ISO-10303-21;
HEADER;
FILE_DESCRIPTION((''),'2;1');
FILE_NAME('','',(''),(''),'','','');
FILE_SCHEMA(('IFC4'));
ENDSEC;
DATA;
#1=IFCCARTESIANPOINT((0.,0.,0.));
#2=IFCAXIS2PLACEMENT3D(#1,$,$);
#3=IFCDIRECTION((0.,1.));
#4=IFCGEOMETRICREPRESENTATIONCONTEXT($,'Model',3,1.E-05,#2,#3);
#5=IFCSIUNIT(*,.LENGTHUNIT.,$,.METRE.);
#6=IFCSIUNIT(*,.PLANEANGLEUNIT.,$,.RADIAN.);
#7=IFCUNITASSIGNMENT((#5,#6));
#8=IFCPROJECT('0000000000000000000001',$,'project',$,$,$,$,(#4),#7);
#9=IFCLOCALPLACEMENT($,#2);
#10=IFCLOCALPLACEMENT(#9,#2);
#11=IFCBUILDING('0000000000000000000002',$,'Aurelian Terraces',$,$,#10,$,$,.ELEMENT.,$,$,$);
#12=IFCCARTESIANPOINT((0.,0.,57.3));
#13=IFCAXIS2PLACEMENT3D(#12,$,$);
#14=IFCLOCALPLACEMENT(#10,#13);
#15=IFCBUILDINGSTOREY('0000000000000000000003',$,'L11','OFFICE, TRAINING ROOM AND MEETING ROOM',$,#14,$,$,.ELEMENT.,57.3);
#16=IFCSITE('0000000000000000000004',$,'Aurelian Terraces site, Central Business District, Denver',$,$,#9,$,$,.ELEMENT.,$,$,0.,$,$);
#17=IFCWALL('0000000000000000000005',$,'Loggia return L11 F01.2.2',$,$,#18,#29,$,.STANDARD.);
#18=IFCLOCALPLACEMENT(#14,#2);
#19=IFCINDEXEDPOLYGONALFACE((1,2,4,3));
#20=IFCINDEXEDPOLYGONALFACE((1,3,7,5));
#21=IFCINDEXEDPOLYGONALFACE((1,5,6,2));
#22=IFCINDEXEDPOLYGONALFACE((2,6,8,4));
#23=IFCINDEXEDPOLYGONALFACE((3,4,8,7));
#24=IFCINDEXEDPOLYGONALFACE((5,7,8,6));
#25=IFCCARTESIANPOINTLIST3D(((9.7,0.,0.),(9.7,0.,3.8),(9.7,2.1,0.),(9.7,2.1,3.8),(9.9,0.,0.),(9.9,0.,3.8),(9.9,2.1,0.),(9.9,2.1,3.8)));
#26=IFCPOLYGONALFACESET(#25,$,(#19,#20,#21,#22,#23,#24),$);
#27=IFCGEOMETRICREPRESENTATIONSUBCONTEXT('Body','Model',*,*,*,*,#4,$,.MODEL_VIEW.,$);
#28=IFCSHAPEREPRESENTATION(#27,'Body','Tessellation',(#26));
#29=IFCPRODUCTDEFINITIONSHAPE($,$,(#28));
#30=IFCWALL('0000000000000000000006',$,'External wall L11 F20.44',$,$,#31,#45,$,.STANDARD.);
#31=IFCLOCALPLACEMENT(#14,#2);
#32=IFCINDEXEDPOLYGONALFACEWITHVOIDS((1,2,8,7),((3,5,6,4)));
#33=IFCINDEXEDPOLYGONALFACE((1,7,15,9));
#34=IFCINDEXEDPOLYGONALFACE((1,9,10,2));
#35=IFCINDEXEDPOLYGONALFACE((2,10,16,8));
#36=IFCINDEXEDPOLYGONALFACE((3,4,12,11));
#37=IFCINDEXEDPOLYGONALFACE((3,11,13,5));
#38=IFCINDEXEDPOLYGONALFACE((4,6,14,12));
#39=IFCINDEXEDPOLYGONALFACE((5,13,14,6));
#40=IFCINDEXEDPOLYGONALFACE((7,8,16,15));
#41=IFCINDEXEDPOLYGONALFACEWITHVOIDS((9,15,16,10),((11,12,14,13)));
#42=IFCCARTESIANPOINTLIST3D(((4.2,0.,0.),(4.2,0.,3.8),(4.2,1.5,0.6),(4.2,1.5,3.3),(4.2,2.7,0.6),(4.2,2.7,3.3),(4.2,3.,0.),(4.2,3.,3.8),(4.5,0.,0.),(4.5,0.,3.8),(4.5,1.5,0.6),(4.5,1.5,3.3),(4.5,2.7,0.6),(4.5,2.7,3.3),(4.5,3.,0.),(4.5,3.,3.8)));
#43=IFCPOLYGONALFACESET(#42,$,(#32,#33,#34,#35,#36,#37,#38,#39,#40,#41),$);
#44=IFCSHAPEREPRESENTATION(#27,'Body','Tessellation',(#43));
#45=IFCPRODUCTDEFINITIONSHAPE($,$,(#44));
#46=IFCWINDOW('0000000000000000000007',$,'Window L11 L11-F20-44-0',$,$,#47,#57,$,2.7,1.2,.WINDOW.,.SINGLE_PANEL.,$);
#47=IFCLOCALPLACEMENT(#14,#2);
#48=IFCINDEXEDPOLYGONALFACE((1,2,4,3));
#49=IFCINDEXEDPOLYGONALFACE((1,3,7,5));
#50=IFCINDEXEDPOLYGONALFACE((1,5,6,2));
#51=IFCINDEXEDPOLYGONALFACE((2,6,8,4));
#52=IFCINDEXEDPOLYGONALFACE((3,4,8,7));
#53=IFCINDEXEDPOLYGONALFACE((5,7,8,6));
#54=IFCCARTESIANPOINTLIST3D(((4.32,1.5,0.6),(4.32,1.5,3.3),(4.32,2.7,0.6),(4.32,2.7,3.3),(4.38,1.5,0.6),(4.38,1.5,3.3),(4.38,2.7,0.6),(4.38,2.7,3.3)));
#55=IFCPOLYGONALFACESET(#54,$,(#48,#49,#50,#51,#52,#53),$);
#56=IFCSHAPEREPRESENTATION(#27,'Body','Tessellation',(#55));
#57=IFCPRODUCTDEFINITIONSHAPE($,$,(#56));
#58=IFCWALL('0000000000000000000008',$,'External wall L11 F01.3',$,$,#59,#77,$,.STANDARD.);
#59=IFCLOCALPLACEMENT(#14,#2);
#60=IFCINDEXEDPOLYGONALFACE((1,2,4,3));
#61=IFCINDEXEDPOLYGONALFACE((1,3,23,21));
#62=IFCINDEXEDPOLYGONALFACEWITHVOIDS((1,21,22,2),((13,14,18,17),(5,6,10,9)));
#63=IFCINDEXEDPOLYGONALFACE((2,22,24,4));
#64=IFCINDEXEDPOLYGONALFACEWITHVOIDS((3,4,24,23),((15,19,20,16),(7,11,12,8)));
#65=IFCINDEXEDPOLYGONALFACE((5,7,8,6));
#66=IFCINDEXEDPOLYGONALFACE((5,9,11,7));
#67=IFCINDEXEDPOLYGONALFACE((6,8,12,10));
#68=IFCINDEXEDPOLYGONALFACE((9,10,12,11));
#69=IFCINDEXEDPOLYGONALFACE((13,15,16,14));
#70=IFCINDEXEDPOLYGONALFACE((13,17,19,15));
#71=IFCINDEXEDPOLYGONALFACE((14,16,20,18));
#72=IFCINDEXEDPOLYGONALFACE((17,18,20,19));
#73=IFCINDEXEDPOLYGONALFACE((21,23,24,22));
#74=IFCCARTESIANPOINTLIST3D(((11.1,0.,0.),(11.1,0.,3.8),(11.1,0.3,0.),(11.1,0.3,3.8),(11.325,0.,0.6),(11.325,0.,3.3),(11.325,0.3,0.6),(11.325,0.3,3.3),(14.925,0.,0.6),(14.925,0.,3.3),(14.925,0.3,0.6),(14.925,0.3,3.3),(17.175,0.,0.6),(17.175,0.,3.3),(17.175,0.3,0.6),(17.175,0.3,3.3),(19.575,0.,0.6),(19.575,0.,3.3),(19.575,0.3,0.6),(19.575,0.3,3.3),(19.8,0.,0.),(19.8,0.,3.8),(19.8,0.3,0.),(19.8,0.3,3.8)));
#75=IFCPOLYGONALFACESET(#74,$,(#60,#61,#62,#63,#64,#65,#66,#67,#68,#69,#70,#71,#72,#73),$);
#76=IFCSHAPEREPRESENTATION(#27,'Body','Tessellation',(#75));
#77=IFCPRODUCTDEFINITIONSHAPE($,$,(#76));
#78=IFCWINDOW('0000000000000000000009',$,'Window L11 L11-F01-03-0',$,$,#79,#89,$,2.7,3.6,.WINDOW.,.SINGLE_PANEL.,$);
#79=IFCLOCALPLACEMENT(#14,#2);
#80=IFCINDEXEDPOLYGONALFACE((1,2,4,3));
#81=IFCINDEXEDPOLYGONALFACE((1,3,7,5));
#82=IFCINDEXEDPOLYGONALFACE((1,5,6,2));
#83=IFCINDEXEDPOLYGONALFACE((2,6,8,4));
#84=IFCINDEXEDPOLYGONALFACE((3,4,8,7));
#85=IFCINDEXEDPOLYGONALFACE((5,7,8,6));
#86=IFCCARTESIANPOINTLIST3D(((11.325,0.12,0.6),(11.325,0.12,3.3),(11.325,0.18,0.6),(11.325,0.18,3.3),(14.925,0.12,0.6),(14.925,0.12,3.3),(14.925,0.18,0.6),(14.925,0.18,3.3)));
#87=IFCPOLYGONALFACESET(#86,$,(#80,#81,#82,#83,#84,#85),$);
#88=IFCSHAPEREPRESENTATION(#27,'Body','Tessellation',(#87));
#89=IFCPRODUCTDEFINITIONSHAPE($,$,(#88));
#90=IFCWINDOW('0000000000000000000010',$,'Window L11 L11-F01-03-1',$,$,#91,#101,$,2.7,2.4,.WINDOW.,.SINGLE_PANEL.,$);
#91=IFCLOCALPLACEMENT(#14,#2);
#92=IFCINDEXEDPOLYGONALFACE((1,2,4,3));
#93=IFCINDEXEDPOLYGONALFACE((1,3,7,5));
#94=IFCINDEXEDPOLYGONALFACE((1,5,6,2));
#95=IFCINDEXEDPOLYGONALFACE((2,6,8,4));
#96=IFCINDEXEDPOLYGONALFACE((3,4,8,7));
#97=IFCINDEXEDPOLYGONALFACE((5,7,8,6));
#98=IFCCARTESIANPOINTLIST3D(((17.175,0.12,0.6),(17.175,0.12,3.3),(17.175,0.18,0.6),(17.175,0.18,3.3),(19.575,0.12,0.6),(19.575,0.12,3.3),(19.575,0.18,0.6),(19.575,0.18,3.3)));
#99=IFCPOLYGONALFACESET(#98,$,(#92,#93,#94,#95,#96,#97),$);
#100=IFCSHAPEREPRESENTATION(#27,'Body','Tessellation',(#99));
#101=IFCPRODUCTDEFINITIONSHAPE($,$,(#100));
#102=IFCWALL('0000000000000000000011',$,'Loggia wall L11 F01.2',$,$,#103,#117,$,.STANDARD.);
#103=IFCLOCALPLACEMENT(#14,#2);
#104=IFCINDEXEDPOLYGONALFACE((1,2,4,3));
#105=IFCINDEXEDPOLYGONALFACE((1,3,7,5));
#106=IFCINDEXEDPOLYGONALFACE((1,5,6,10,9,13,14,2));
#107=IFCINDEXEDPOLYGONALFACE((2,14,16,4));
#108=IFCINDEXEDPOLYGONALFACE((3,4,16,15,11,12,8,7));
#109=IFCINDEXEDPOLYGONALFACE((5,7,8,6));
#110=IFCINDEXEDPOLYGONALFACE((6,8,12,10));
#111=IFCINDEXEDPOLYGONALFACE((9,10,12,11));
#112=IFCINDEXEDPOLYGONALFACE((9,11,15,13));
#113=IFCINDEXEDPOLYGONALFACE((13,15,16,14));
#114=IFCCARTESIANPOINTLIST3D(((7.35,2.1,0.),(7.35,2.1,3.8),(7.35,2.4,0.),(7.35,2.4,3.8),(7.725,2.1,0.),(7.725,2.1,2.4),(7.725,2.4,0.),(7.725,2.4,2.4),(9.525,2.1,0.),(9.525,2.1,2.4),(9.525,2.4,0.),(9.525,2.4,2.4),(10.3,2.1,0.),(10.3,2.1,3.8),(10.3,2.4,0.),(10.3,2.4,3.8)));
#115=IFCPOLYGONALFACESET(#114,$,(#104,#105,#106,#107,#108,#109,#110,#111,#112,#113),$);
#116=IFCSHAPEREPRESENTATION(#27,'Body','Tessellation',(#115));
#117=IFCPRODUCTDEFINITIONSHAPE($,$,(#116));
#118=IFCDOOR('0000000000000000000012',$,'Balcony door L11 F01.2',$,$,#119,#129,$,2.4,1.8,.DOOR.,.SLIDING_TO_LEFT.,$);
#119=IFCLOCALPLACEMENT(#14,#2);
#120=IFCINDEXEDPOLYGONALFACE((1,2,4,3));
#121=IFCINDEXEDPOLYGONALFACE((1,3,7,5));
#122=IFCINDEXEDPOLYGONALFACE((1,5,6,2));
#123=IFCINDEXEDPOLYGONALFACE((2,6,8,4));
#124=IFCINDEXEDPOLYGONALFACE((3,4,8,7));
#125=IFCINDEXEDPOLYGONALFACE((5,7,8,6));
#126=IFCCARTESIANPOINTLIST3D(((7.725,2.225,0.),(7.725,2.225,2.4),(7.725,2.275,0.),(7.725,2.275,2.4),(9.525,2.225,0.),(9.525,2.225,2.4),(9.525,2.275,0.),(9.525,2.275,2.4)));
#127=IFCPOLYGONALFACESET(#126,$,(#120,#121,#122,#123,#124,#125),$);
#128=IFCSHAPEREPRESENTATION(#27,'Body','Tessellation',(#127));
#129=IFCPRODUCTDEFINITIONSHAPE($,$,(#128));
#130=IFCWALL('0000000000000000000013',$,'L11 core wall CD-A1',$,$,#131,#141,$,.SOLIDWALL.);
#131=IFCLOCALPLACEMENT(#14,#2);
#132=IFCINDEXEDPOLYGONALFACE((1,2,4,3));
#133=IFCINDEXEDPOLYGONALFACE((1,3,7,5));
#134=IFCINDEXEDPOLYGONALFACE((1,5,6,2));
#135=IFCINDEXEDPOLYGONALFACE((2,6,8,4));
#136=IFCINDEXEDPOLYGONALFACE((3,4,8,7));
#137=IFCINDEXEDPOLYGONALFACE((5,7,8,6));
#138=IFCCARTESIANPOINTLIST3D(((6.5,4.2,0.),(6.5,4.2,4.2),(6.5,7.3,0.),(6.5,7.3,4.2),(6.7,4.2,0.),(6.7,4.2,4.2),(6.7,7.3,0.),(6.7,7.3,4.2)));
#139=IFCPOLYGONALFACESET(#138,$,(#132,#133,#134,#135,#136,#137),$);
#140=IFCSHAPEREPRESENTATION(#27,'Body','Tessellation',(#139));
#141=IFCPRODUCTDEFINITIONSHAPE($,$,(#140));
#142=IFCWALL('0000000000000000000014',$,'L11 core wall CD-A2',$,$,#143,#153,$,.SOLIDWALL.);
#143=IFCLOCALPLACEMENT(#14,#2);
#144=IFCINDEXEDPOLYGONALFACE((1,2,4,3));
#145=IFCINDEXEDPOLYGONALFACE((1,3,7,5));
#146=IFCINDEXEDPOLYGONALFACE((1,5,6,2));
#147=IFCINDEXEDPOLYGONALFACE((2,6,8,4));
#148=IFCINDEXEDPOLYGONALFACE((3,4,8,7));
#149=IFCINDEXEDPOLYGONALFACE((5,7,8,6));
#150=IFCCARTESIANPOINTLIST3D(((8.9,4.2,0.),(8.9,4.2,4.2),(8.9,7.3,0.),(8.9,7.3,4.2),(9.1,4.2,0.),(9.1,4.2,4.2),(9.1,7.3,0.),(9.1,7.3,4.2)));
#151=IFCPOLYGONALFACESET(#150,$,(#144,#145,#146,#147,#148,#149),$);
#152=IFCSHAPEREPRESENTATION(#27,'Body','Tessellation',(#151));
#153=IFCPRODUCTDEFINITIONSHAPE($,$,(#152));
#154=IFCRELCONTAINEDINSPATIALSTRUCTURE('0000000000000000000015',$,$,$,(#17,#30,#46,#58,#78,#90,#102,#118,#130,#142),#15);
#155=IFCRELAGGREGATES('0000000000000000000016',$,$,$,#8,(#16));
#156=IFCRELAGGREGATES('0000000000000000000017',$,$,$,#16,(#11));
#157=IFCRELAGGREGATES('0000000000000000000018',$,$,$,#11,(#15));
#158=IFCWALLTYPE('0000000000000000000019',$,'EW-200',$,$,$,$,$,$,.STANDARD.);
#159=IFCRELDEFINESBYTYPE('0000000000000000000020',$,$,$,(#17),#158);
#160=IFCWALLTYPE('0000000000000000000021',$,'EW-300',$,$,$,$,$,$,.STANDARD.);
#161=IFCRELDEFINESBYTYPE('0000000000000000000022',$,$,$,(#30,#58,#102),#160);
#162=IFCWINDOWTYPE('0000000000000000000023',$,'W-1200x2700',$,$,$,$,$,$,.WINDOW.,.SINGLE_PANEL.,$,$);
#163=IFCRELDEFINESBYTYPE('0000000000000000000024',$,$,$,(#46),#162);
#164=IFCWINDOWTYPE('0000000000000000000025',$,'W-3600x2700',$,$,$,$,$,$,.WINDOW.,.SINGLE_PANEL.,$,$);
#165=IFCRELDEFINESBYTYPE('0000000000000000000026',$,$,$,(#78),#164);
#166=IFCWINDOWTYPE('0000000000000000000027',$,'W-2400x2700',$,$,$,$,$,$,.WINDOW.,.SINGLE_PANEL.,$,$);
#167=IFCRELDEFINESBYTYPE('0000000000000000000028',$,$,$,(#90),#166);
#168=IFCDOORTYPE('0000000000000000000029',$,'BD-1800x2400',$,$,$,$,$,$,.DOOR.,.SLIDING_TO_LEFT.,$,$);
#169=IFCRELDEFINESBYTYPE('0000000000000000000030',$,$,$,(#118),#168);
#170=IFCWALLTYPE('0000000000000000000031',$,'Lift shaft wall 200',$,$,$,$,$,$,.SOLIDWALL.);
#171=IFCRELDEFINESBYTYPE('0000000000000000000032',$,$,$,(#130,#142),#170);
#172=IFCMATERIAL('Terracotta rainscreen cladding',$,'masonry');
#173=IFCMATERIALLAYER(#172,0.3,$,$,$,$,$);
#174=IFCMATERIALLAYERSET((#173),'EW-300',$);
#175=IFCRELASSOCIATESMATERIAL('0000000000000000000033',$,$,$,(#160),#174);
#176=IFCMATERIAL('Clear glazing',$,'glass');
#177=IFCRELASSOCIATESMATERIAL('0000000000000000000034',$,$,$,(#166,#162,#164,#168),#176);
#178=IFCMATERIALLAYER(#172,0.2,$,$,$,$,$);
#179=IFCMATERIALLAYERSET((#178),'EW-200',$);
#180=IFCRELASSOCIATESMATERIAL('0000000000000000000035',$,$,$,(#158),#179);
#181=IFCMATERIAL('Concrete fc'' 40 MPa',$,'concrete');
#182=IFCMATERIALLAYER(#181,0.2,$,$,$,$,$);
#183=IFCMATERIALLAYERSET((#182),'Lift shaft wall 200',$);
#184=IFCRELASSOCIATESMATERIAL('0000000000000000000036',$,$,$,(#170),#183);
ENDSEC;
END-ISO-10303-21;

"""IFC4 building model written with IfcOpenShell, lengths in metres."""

from ifc_helpers import new_model, si_unit, direction, frame, frame_2d, origin, place, context, subcontext, project, spatial, rectangle, extrude, source, transform, mapped, material, layer, layer_set, type_object, element, fill, save


model = new_model("IFC4")

# Units and contexts
model_context = context("Model", 3, precision=1e-05, world=origin(), true_north=direction((0.0, 1.0)))
body_context = subcontext(model_context, "Body", "Model", "MODEL_VIEW")
ifc_project = project(units=[si_unit("LENGTHUNIT", "METRE"), si_unit("PLANEANGLEUNIT", "RADIAN")], contexts=[model_context])

# Site, building, storey
site_placement = place(None, origin())
site = spatial("IfcSite", under=ifc_project, at=site_placement, Name="Aurelian Terraces site, Central Business District, Denver", CompositionType="ELEMENT", RefElevation=0.0)
building_placement = place(site_placement, origin())
building = spatial("IfcBuilding", under=site, at=building_placement, Name="Aurelian Terraces", CompositionType="ELEMENT")
storey_placement = place(building_placement, frame((0.0, 0.0, 57.3)))
storey = spatial("IfcBuildingStorey", under=building, at=storey_placement, Name="L11", Description="OFFICE, TRAINING ROOM AND MEETING ROOM", CompositionType="ELEMENT", Elevation=57.3)

# Shared definitions
ifc_material_1 = material(Name="Concrete fc' 40 MPa", Category="concrete")

# Shared definitions
ifc_material_2 = material(Name="Terracotta rainscreen cladding", Category="masonry")
ifc_layer_1 = layer(ifc_material_2, 0.3)
ifc_layer_set_1 = layer_set([ifc_layer_1], Name="EW-300")
wall_type_1 = type_object("IfcWallType", Name="EW-300", PredefinedType="STANDARD", material=ifc_layer_set_1)
shared_shape_1 = source(origin(), body_context, "Body", "SweptSolid", [
    extrude(rectangle(XDim=2.4, YDim=2.7, at=frame_2d((1.2, 1.35))), frame((0.0, 0.16, 0.0), z_axis=(0.0, -1.0, 0.0), x_axis=(1.0, 0.0, 0.0)), (0.0, 0.0, 1.0), 0.32),
])
ifc_material_3 = material(Name="Clear glazing", Category="glass")
window_type_1 = type_object("IfcWindowType", Name="W-2400x2700", PartitioningType="SINGLE_PANEL", PredefinedType="WINDOW", material=ifc_material_3)
shared_shape_2 = source(origin(), body_context, "Body", "SweptSolid", [
    extrude(rectangle(XDim=2.4, YDim=2.7, at=frame_2d((1.2, 1.35))), frame((0.0, 0.03, 0.0), z_axis=(0.0, -1.0, 0.0), x_axis=(1.0, 0.0, 0.0)), (0.0, 0.0, 1.0), 0.06),
])

# Wall
ifc_layer_2 = layer(ifc_material_2, 0.2)
ifc_layer_set_2 = layer_set([ifc_layer_2], Name="EW-200")
wall_type_2 = type_object("IfcWallType", Name="EW-200", PredefinedType="STANDARD", material=ifc_layer_set_2)
shared_shape_3 = source(origin(), body_context, "Body", "SweptSolid", [
    extrude(rectangle(XDim=2.1, YDim=0.2, at=frame_2d((1.05, 0.0))), origin(), (0.0, 0.0, 1.0), 3.8),
])
for number, where, z_axis, x_axis, name in (
    (1, (9.8, 0.0, 0.0), (0.0, 0.0, 1.0), (0.0, 1.0, 0.0), "Loggia return L11 F01.2.2"),
):
    element("IfcWall", number, at=place(storey_placement, frame(where, z_axis=z_axis, x_axis=x_axis)), inside=storey, type_object=wall_type_2, Name=name, PredefinedType="STANDARD", context=body_context, shape_type="MappedRepresentation", body=[
        mapped(shared_shape_3, transform((0.0, 0.0, 0.0), scale=1.0)),
    ])

# Wall, opening, window
shared_shape_4 = source(origin(), body_context, "Body", "SweptSolid", [
    extrude(rectangle(XDim=3.0, YDim=0.3, at=frame_2d((1.5, 0.0))), origin(), (0.0, 0.0, 1.0), 3.8),
])
wall_1_placement = place(storey_placement, frame((4.35, 3.0, 0.0), z_axis=(0.0, 0.0, 1.0), x_axis=(0.0, -1.0, 0.0)))
wall_1 = element("IfcWall", 2, at=wall_1_placement, inside=storey, type_object=wall_type_1, Name="External wall L11 F20.44", PredefinedType="STANDARD", context=body_context, shape_type="MappedRepresentation", body=[
    mapped(shared_shape_4, transform((0.0, 0.0, 0.0), scale=1.0)),
])
shared_shape_5 = source(origin(), body_context, "Body", "SweptSolid", [
    extrude(rectangle(XDim=1.2, YDim=2.7, at=frame_2d((0.6, 1.35))), frame((0.0, 0.16, 0.0), z_axis=(0.0, -1.0, 0.0), x_axis=(1.0, 0.0, 0.0)), (0.0, 0.0, 1.0), 0.32),
])
opening_1_placement = place(wall_1_placement, frame((0.3, 0.0, 0.6)))
opening_1 = element("IfcOpeningElement", 3, at=opening_1_placement, cuts=wall_1, PredefinedType="OPENING", context=body_context, shape_type="MappedRepresentation", body=[
    mapped(shared_shape_5, transform((0.0, 0.0, 0.0), scale=1.0)),
])
window_type_2 = type_object("IfcWindowType", Name="W-1200x2700", PartitioningType="SINGLE_PANEL", PredefinedType="WINDOW", material=ifc_material_3)
shared_shape_6 = source(origin(), body_context, "Body", "SweptSolid", [
    extrude(rectangle(XDim=1.2, YDim=2.7, at=frame_2d((0.6, 1.35))), frame((0.0, 0.03, 0.0), z_axis=(0.0, -1.0, 0.0), x_axis=(1.0, 0.0, 0.0)), (0.0, 0.0, 1.0), 0.06),
])
window_1_placement = place(opening_1_placement, origin())
window_1 = element("IfcWindow", 4, at=window_1_placement, inside=storey, type_object=window_type_2, Name="Window L11 L11-F20-44-0", OverallHeight=2.7, OverallWidth=1.2, PartitioningType="SINGLE_PANEL", PredefinedType="WINDOW", context=body_context, shape_type="MappedRepresentation", body=[
    mapped(shared_shape_6, transform((0.0, 0.0, 0.0), scale=1.0)),
])
fill(opening_1, window_1)

# Wall, openings, windows
shared_shape_7 = source(origin(), body_context, "Body", "SweptSolid", [
    extrude(rectangle(XDim=8.7, YDim=0.3, at=frame_2d((4.35, 0.0))), origin(), (0.0, 0.0, 1.0), 3.8),
])
wall_2_placement = place(storey_placement, frame((11.1, 0.15, 0.0), z_axis=(0.0, 0.0, 1.0), x_axis=(1.0, 0.0, 0.0)))
wall_2 = element("IfcWall", 5, at=wall_2_placement, inside=storey, type_object=wall_type_1, Name="External wall L11 F01.3", PredefinedType="STANDARD", context=body_context, shape_type="MappedRepresentation", body=[
    mapped(shared_shape_7, transform((0.0, 0.0, 0.0), scale=1.0)),
])
shared_shape_8 = source(origin(), body_context, "Body", "SweptSolid", [
    extrude(rectangle(XDim=3.6, YDim=2.7, at=frame_2d((1.8, 1.35))), frame((0.0, 0.16, 0.0), z_axis=(0.0, -1.0, 0.0), x_axis=(1.0, 0.0, 0.0)), (0.0, 0.0, 1.0), 0.32),
])
opening_2_placement = place(wall_2_placement, frame((0.225, 0.0, 0.6)))
opening_2 = element("IfcOpeningElement", 6, at=opening_2_placement, cuts=wall_2, PredefinedType="OPENING", context=body_context, shape_type="MappedRepresentation", body=[
    mapped(shared_shape_8, transform((0.0, 0.0, 0.0), scale=1.0)),
])
opening_3_placement = place(wall_2_placement, frame((6.075, 0.0, 0.6)))
opening_3 = element("IfcOpeningElement", 7, at=opening_3_placement, cuts=wall_2, PredefinedType="OPENING", context=body_context, shape_type="MappedRepresentation", body=[
    mapped(shared_shape_1, transform((0.0, 0.0, 0.0), scale=1.0)),
])
window_type_3 = type_object("IfcWindowType", Name="W-3600x2700", PartitioningType="SINGLE_PANEL", PredefinedType="WINDOW", material=ifc_material_3)
shared_shape_9 = source(origin(), body_context, "Body", "SweptSolid", [
    extrude(rectangle(XDim=3.6, YDim=2.7, at=frame_2d((1.8, 1.35))), frame((0.0, 0.03, 0.0), z_axis=(0.0, -1.0, 0.0), x_axis=(1.0, 0.0, 0.0)), (0.0, 0.0, 1.0), 0.06),
])
window_2_placement = place(opening_2_placement, origin())
window_2 = element("IfcWindow", 8, at=window_2_placement, inside=storey, type_object=window_type_3, Name="Window L11 L11-F01-03-0", OverallHeight=2.7, OverallWidth=3.6, PartitioningType="SINGLE_PANEL", PredefinedType="WINDOW", context=body_context, shape_type="MappedRepresentation", body=[
    mapped(shared_shape_9, transform((0.0, 0.0, 0.0), scale=1.0)),
])
fill(opening_2, window_2)
window_3_placement = place(opening_3_placement, origin())
window_3 = element("IfcWindow", 9, at=window_3_placement, inside=storey, type_object=window_type_1, Name="Window L11 L11-F01-03-1", OverallHeight=2.7, OverallWidth=2.4, PartitioningType="SINGLE_PANEL", PredefinedType="WINDOW", context=body_context, shape_type="MappedRepresentation", body=[
    mapped(shared_shape_2, transform((0.0, 0.0, 0.0), scale=1.0)),
])
fill(opening_3, window_3)

# Wall, opening, door
shared_shape_10 = source(origin(), body_context, "Body", "SweptSolid", [
    extrude(rectangle(XDim=2.95, YDim=0.3, at=frame_2d((1.475, 0.0))), origin(), (0.0, 0.0, 1.0), 3.8),
])
wall_3_placement = place(storey_placement, frame((7.35, 2.25, 0.0), z_axis=(0.0, 0.0, 1.0), x_axis=(1.0, 0.0, 0.0)))
wall_3 = element("IfcWall", 10, at=wall_3_placement, inside=storey, type_object=wall_type_1, Name="Loggia wall L11 F01.2", PredefinedType="STANDARD", context=body_context, shape_type="MappedRepresentation", body=[
    mapped(shared_shape_10, transform((0.0, 0.0, 0.0), scale=1.0)),
])
shared_shape_11 = source(origin(), body_context, "Body", "SweptSolid", [
    extrude(rectangle(XDim=1.8, YDim=2.4, at=frame_2d((0.9, 1.2))), frame((0.0, 0.16, 0.0), z_axis=(0.0, -1.0, 0.0), x_axis=(1.0, 0.0, 0.0)), (0.0, 0.0, 1.0), 0.32),
])
opening_4_placement = place(wall_3_placement, frame((0.375, 0.0, 0.0)))
opening_4 = element("IfcOpeningElement", 11, at=opening_4_placement, cuts=wall_3, PredefinedType="OPENING", context=body_context, shape_type="MappedRepresentation", body=[
    mapped(shared_shape_11, transform((0.0, 0.0, 0.0), scale=1.0)),
])
door_type_1 = type_object("IfcDoorType", Name="BD-1800x2400", OperationType="SLIDING_TO_LEFT", PredefinedType="DOOR", material=ifc_material_3)
shared_shape_12 = source(origin(), body_context, "Body", "SweptSolid", [
    extrude(rectangle(XDim=1.8, YDim=2.4, at=frame_2d((0.9, 1.2))), frame((0.0, 0.025, 0.0), z_axis=(0.0, -1.0, 0.0), x_axis=(1.0, 0.0, 0.0)), (0.0, 0.0, 1.0), 0.05),
])
door_1_placement = place(opening_4_placement, origin())
door_1 = element("IfcDoor", 12, at=door_1_placement, inside=storey, type_object=door_type_1, Name="Balcony door L11 F01.2", OperationType="SLIDING_TO_LEFT", OverallHeight=2.4, OverallWidth=1.8, PredefinedType="DOOR", context=body_context, shape_type="MappedRepresentation", body=[
    mapped(shared_shape_12, transform((0.0, 0.0, 0.0), scale=1.0)),
])
fill(opening_4, door_1)

# Walls
ifc_layer_3 = layer(ifc_material_1, 0.2)
ifc_layer_set_3 = layer_set([ifc_layer_3], Name="Lift shaft wall 200")
wall_type_3 = type_object("IfcWallType", Name="Lift shaft wall 200", PredefinedType="SOLIDWALL", material=ifc_layer_set_3)
shared_shape_13 = source(origin(), body_context, "Body", "SweptSolid", [
    extrude(rectangle(XDim=3.1, YDim=0.2, at=frame_2d((1.55, 0.0))), origin(), (0.0, 0.0, 1.0), 4.2),
])
for number, where, z_axis, x_axis, name in (
    (13, (6.6, 4.2, 0.0), (0.0, 0.0, 1.0), (0.0, 1.0, 0.0), "L11 core wall CD-A1"),
    (14, (9.0, 4.2, 0.0), (0.0, 0.0, 1.0), (0.0, 1.0, 0.0), "L11 core wall CD-A2"),
):
    element("IfcWall", number, at=place(storey_placement, frame(where, z_axis=z_axis, x_axis=x_axis)), inside=storey, type_object=wall_type_3, Name=name, PredefinedType="SOLIDWALL", context=body_context, shape_type="MappedRepresentation", body=[
        mapped(shared_shape_13, transform((0.0, 0.0, 0.0), scale=1.0)),
    ])

save(model, "model.ifc")
